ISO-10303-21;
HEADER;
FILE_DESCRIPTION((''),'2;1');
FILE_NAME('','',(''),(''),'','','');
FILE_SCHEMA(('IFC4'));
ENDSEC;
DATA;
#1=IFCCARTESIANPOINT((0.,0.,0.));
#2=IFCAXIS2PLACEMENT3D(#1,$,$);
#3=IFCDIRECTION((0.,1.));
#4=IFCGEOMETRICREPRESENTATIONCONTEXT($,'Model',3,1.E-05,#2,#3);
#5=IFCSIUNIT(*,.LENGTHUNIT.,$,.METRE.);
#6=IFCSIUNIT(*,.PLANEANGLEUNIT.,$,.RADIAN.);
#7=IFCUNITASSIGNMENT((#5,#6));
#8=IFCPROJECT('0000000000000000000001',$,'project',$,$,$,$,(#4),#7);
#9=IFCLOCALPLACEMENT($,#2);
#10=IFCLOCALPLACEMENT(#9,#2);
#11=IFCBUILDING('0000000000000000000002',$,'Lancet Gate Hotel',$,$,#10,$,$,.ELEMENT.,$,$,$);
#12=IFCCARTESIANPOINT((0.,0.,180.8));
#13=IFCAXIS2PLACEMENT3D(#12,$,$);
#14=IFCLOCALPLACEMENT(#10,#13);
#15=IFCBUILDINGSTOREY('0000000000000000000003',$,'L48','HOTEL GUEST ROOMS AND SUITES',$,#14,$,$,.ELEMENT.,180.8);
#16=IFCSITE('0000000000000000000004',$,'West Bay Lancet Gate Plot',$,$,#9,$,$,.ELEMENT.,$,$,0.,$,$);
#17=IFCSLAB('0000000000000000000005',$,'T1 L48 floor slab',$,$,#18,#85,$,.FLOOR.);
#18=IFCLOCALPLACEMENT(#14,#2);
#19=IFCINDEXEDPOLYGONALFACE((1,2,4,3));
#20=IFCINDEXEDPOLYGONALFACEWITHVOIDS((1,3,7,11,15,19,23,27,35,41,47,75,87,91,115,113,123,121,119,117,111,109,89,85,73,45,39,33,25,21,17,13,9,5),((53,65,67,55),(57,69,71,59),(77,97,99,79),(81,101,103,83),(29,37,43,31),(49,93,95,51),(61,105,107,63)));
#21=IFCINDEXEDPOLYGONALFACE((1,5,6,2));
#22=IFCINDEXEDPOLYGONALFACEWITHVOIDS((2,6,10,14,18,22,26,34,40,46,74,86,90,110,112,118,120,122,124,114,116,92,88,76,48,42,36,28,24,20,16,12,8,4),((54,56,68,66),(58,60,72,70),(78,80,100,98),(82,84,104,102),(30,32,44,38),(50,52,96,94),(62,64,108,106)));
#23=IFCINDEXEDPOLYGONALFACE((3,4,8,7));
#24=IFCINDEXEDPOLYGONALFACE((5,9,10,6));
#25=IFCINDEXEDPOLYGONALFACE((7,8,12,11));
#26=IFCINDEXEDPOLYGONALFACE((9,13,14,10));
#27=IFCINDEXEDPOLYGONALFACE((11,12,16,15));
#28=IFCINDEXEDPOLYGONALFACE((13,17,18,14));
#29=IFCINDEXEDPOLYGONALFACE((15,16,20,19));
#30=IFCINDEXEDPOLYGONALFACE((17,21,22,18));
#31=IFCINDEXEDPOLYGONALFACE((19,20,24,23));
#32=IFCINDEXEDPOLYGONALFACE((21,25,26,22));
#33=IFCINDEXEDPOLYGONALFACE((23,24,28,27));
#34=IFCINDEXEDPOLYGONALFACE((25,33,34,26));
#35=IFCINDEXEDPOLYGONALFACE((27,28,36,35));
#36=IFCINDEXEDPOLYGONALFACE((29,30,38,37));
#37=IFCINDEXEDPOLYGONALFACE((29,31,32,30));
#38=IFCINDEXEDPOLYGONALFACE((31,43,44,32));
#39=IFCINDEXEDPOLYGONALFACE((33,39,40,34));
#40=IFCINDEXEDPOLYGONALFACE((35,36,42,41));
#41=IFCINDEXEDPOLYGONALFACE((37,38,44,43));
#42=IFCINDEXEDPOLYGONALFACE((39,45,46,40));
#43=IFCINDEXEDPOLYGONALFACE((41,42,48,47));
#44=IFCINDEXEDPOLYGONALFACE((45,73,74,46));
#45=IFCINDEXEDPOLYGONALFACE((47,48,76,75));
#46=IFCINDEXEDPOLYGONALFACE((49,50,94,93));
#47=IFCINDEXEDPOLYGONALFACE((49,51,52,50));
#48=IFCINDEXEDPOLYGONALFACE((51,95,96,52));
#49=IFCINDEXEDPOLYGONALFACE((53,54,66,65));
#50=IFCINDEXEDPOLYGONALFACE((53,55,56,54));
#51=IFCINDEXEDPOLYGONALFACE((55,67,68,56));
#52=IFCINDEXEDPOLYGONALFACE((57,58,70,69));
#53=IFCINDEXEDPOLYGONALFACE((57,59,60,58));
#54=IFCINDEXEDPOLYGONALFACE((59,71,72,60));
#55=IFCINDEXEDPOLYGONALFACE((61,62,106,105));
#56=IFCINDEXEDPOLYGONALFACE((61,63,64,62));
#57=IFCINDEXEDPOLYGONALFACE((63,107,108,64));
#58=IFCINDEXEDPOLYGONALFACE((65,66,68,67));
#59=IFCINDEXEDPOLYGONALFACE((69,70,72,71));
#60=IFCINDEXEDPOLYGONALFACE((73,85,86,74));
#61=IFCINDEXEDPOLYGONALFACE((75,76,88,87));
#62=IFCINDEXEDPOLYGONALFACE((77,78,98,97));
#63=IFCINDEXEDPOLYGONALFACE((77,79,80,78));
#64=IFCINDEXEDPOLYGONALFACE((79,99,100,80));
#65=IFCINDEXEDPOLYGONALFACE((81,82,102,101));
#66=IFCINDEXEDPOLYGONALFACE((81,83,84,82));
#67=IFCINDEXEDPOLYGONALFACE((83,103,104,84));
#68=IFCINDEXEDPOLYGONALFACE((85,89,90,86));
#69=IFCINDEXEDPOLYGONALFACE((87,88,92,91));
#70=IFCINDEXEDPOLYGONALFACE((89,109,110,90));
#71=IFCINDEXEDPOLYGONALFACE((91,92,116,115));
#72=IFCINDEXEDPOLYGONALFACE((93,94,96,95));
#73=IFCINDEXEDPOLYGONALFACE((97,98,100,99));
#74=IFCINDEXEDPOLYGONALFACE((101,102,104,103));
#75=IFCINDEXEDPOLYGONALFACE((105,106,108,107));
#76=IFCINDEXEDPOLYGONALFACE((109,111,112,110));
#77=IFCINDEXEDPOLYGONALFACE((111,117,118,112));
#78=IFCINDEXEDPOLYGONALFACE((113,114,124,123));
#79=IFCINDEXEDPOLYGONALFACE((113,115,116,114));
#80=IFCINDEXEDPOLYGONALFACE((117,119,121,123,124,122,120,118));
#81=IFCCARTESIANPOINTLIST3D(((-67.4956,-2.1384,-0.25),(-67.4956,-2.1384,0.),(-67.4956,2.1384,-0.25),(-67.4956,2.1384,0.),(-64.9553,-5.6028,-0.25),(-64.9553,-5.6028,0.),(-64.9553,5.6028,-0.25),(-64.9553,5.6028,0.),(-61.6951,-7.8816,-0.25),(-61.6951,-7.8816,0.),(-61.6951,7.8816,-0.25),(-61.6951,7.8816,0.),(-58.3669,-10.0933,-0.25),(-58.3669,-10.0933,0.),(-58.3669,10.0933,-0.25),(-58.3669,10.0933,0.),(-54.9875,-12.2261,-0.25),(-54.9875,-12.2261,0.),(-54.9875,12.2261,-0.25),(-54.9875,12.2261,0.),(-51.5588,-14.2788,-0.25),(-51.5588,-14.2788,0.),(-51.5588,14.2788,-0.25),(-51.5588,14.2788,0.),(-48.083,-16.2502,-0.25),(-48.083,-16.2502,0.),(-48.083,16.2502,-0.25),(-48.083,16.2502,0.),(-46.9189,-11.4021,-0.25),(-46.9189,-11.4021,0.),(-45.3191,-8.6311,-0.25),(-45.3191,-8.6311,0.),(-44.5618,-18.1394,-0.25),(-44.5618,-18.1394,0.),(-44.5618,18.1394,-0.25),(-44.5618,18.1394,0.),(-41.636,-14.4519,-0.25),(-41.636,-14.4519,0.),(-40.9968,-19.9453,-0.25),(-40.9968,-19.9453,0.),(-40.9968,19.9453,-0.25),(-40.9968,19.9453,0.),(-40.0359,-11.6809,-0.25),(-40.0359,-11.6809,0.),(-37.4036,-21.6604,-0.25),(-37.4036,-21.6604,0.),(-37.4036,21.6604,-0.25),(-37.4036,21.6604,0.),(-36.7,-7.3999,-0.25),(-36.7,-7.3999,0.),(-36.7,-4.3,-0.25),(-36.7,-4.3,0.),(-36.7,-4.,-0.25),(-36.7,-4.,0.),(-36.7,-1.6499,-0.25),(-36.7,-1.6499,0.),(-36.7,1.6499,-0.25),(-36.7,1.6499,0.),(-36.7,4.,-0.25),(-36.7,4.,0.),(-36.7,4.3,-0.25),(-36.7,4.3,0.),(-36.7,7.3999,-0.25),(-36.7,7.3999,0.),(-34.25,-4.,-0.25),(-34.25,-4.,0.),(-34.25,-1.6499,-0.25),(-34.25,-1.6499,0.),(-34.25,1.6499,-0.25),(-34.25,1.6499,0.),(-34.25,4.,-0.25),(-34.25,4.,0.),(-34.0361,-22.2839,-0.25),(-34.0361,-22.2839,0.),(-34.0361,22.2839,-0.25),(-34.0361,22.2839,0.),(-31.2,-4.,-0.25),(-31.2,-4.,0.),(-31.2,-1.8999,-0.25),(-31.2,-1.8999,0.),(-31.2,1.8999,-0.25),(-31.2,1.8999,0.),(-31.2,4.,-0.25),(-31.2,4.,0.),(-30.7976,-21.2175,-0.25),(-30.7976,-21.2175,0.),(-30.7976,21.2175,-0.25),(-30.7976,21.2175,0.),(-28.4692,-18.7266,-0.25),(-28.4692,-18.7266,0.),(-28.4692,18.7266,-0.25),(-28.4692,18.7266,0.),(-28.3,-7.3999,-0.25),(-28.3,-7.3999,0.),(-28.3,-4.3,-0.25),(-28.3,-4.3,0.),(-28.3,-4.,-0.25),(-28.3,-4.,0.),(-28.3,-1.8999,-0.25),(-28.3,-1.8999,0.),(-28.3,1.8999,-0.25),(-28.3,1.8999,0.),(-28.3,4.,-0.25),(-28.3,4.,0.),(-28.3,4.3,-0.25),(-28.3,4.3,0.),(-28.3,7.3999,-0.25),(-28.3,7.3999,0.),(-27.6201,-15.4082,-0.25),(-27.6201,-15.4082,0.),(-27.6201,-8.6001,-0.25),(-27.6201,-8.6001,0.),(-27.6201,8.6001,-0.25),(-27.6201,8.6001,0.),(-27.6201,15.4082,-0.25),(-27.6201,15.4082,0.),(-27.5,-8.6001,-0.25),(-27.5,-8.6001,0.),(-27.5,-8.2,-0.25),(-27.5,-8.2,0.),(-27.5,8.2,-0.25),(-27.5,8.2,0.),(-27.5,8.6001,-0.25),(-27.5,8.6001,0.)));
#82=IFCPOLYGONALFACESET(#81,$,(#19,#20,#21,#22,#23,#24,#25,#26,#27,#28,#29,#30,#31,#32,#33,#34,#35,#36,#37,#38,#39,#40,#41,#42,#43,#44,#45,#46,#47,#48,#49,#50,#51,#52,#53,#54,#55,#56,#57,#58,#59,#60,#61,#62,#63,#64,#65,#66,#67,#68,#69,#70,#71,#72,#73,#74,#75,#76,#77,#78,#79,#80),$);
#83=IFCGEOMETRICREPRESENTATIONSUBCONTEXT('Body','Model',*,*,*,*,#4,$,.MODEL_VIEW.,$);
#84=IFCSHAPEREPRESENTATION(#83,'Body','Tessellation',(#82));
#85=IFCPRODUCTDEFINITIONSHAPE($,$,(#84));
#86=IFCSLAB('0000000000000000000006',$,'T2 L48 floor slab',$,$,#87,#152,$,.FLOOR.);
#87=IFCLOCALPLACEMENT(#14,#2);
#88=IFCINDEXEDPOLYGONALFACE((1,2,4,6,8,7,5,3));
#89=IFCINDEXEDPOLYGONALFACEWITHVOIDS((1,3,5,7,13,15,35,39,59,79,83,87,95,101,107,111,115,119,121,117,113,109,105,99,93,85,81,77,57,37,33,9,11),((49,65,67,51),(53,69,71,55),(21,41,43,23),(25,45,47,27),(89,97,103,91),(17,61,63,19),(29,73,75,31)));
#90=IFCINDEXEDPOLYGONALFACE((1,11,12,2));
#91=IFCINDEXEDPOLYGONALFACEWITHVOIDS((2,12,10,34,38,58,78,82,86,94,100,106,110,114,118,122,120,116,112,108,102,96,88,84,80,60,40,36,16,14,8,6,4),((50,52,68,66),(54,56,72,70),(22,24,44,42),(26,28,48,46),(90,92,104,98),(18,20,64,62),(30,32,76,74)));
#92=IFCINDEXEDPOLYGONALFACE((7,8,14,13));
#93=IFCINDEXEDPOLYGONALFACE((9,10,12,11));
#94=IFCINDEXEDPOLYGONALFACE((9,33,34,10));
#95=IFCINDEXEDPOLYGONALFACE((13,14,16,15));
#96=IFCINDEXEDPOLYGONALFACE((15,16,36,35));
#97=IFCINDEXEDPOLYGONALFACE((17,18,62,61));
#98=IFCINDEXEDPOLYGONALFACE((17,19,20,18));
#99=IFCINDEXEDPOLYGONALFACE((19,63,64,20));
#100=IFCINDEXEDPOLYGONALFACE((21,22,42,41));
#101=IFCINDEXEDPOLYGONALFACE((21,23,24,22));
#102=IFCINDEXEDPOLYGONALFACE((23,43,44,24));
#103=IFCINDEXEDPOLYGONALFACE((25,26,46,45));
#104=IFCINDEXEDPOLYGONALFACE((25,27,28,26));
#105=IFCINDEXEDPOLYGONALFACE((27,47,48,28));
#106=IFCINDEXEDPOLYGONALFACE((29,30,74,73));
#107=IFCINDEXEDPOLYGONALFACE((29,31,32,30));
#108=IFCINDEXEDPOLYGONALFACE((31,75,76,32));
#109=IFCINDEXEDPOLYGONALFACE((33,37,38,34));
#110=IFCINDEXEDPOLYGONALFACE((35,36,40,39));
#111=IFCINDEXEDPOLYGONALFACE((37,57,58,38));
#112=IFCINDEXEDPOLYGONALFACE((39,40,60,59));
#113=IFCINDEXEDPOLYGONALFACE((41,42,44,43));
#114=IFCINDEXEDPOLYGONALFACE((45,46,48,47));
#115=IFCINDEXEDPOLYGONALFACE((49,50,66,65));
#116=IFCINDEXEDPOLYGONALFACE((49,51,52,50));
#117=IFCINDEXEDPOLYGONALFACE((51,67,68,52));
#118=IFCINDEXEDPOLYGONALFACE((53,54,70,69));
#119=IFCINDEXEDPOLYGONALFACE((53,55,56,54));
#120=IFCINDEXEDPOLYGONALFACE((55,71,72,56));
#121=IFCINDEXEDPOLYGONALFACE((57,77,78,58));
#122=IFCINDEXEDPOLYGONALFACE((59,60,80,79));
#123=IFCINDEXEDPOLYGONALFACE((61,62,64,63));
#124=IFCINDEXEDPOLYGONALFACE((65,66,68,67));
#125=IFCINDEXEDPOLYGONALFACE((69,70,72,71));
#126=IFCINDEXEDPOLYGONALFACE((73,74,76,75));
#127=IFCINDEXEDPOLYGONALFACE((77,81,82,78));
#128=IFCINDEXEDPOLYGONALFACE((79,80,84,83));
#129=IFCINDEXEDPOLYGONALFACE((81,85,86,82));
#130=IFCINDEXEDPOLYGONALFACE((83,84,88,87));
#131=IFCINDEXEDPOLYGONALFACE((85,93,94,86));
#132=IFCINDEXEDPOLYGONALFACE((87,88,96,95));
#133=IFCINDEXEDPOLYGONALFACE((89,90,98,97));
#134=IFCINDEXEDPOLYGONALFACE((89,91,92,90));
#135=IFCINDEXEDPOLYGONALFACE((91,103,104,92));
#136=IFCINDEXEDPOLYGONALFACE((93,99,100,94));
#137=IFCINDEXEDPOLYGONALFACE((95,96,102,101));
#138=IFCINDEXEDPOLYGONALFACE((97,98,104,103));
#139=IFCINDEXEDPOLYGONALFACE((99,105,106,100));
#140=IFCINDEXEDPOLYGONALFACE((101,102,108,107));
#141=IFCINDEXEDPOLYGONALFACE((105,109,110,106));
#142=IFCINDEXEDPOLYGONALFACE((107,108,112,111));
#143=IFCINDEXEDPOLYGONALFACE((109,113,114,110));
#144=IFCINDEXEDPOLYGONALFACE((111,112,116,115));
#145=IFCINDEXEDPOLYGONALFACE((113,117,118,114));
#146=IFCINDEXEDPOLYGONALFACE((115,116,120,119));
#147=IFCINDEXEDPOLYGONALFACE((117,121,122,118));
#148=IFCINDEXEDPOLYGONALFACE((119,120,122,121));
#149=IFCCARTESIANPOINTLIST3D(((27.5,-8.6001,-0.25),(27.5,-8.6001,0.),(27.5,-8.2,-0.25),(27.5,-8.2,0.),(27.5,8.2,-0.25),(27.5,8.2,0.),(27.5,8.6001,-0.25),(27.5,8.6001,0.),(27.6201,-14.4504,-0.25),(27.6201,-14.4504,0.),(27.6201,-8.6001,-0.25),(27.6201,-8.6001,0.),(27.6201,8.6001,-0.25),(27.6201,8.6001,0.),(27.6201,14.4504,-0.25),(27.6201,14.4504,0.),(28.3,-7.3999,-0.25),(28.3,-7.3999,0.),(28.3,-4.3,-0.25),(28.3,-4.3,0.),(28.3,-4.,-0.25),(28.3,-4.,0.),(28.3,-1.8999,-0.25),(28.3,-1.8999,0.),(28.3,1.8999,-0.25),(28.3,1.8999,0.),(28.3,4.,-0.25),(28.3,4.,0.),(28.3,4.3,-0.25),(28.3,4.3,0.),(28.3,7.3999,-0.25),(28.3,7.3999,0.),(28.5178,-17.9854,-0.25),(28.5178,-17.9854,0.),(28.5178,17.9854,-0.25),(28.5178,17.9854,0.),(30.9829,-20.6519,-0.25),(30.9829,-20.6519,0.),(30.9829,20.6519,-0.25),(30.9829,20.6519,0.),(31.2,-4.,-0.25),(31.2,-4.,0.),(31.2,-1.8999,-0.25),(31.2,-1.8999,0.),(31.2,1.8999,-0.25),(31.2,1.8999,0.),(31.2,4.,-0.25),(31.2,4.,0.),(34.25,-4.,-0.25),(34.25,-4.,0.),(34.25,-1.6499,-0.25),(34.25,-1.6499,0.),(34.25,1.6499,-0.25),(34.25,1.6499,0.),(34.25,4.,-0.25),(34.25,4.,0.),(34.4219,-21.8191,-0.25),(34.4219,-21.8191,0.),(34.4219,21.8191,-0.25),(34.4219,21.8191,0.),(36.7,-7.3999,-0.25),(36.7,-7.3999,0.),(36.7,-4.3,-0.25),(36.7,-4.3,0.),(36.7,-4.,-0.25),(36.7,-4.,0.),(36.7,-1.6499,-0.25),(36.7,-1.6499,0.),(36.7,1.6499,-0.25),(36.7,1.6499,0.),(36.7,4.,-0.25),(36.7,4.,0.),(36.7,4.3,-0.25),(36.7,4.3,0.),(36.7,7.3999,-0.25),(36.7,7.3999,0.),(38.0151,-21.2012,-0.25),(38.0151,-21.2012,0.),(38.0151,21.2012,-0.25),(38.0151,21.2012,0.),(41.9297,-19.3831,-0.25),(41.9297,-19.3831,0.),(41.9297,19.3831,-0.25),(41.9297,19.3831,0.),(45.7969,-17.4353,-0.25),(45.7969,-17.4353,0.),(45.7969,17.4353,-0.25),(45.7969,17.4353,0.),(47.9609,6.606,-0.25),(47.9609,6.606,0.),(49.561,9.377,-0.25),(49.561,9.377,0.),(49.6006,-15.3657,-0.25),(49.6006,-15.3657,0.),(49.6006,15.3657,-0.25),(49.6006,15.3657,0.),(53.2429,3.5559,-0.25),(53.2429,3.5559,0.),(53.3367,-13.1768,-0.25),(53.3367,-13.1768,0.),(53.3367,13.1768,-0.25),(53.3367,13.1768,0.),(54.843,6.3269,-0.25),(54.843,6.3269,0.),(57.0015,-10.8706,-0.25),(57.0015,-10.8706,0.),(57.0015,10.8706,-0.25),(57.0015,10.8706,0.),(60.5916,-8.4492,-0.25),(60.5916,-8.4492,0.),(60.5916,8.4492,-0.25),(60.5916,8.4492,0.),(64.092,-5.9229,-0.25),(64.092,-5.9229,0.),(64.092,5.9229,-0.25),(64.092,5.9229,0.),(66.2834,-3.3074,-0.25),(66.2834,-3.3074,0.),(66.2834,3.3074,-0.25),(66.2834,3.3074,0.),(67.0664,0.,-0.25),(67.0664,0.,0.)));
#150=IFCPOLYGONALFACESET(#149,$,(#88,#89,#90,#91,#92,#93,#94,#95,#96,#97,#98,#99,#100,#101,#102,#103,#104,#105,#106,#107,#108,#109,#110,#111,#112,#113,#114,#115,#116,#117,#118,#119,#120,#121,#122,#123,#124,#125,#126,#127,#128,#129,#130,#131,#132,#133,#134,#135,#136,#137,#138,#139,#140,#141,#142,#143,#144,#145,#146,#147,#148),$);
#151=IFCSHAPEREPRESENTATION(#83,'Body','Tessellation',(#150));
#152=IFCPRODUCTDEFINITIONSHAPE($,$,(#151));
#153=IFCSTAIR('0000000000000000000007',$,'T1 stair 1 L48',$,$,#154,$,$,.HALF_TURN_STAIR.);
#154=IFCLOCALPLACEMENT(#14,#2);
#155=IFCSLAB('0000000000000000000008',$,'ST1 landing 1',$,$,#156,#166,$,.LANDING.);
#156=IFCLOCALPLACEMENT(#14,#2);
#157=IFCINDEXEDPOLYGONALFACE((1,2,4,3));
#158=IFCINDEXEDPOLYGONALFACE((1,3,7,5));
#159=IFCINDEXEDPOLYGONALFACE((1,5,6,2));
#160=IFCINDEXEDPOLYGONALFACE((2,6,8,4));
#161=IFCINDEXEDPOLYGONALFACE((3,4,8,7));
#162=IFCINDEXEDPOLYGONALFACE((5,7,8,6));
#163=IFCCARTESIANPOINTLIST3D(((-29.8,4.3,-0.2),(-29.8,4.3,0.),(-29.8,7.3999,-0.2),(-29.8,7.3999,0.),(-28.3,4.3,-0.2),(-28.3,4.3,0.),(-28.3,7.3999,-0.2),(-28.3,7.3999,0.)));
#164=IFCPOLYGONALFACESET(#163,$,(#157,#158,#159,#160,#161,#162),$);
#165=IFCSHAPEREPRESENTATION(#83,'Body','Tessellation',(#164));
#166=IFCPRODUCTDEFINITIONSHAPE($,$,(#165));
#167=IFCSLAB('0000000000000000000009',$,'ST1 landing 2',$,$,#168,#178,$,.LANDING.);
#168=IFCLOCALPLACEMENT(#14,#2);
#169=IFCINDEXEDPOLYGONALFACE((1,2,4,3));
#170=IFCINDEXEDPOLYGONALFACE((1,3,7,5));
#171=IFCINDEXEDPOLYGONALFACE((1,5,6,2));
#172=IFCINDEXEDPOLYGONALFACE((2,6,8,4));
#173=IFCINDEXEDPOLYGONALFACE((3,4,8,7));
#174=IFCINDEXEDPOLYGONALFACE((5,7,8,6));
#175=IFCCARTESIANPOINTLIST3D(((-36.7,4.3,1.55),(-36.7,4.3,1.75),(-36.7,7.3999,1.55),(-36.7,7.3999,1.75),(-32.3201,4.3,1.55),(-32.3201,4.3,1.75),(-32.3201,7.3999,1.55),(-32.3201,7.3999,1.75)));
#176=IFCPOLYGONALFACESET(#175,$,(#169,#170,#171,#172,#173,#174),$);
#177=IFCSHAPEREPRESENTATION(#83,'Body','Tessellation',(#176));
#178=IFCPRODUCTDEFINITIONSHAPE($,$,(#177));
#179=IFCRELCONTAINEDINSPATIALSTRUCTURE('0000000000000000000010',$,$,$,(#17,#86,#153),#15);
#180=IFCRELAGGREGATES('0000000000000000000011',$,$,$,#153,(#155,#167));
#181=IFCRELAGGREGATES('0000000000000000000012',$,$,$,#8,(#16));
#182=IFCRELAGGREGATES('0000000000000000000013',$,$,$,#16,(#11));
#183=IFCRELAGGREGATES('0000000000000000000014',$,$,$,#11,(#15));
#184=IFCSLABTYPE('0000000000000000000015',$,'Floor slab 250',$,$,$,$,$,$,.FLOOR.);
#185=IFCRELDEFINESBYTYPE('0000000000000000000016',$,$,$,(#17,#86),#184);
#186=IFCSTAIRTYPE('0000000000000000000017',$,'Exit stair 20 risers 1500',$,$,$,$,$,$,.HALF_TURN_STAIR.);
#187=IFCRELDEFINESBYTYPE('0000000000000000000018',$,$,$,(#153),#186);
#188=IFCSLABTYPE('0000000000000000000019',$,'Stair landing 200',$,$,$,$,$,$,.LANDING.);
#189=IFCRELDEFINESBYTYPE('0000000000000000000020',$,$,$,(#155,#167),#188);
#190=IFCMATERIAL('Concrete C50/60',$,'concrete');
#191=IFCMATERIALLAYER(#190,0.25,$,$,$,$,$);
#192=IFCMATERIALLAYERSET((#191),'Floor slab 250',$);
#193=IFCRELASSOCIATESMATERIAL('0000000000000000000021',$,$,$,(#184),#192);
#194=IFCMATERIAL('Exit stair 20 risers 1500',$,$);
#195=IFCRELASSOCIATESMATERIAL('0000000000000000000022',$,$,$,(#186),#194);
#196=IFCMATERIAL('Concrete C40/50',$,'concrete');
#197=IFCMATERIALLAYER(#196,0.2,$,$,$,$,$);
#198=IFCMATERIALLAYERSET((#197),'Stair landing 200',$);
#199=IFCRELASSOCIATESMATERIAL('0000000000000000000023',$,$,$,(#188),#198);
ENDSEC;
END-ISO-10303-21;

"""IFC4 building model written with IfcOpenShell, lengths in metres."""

from ifc_helpers import new_model, si_unit, direction, frame, origin, place, context, subcontext, project, spatial, polyline, outline, extrude, material, layer, layer_set, type_object, element, aggregate, save


model = new_model("IFC4")

# Units and contexts
model_context = context("Model", 3, precision=1e-05, world=origin(), true_north=direction((0.0, 1.0)))
body_context = subcontext(model_context, "Body", "Model", "MODEL_VIEW")
ifc_project = project(units=[si_unit("LENGTHUNIT", "METRE"), si_unit("PLANEANGLEUNIT", "RADIAN")], contexts=[model_context])

# Site, building, storey
site_placement = place(None, origin())
site = spatial("IfcSite", under=ifc_project, at=site_placement, Name="West Bay Lancet Gate Plot", CompositionType="ELEMENT", RefElevation=0.0)
building_placement = place(site_placement, origin())
building = spatial("IfcBuilding", under=site, at=building_placement, Name="Lancet Gate Hotel", CompositionType="ELEMENT")
storey_placement = place(building_placement, frame((0.0, 0.0, 180.8)))
storey = spatial("IfcBuildingStorey", under=building, at=storey_placement, Name="L48", Description="HOTEL GUEST ROOMS AND SUITES", CompositionType="ELEMENT", Elevation=180.8)

# Slabs
ifc_material_1 = material(Name="Concrete C50/60", Category="concrete")
ifc_layer_1 = layer(ifc_material_1, 0.25)
ifc_layer_set_1 = layer_set([ifc_layer_1], Name="Floor slab 250")
slab_type_1 = type_object("IfcSlabType", Name="Floor slab 250", PredefinedType="FLOOR", material=ifc_layer_set_1)
slab_1_placement = place(storey_placement, frame((0.0, 0.0, -0.25)))
element("IfcSlab", 1, at=slab_1_placement, inside=storey, type_object=slab_type_1, Name="T1 L48 floor slab", PredefinedType="FLOOR", context=body_context, shape_type="SweptSolid", body=[
    extrude(outline(polyline([(-27.5, 8.6001), (-27.6201, 8.6001), (-27.6201, 15.4082), (-28.4692, 18.7266), (-30.7976, 21.2175), (-34.0361, 22.2839), (-37.4036, 21.6604), (-40.9968, 19.9453), (-44.5618, 18.1394), (-48.083, 16.2502), (-51.5588, 14.2788), (-54.9875, 12.2261), (-58.3669, 10.0933), (-61.6951, 7.8816), (-64.9553, 5.6028), (-67.4956, 2.1384), (-67.4956, -2.1384), (-64.9553, -5.6028), (-61.6951, -7.8816), (-58.3669, -10.0933), (-54.9875, -12.2261), (-51.5588, -14.2788), (-48.083, -16.2502), (-44.5618, -18.1394), (-40.9968, -19.9453), (-37.4036, -21.6604), (-34.0361, -22.2839), (-30.7976, -21.2175), (-28.4692, -18.7266), (-27.6201, -15.4082), (-27.6201, -8.6001), (-27.5, -8.6001), (-27.5, -8.2), (-27.5, 8.2), (-27.5, 8.6001)]), holes=[polyline([(-36.7, 7.3999), (-36.7, 4.3), (-28.3, 4.3), (-28.3, 7.3999), (-36.7, 7.3999)]), polyline([(-28.3, 4.0), (-31.2, 4.0), (-31.2, 1.8999), (-28.3, 1.8999), (-28.3, 4.0)]), polyline([(-34.25, 4.0), (-36.7, 4.0), (-36.7, 1.6499), (-34.25, 1.6499), (-34.25, 4.0)]), polyline([(-36.7, -1.6499), (-36.7, -4.0), (-34.25, -4.0), (-34.25, -1.6499), (-36.7, -1.6499)]), polyline([(-28.3, -1.8999), (-31.2, -1.8999), (-31.2, -4.0), (-28.3, -4.0), (-28.3, -1.8999)]), polyline([(-28.3, -4.3), (-36.7, -4.3), (-36.7, -7.3999), (-28.3, -7.3999), (-28.3, -4.3)]), polyline([(-45.3191, -8.6311), (-46.9189, -11.4021), (-41.636, -14.4519), (-40.0359, -11.6809), (-45.3191, -8.6311)])]), origin(), (0.0, 0.0, 1.0), 0.25),
])
slab_2_placement = place(storey_placement, frame((0.0, 0.0, -0.25)))
element("IfcSlab", 2, at=slab_2_placement, inside=storey, type_object=slab_type_1, Name="T2 L48 floor slab", PredefinedType="FLOOR", context=body_context, shape_type="SweptSolid", body=[
    extrude(outline(polyline([(27.5, -8.6001), (27.6201, -8.6001), (27.6201, -14.4504), (28.5178, -17.9854), (30.9829, -20.6519), (34.4219, -21.8191), (38.0151, -21.2012), (41.9297, -19.3831), (45.7969, -17.4353), (49.6006, -15.3657), (53.3367, -13.1768), (57.0015, -10.8706), (60.5916, -8.4492), (64.092, -5.9229), (66.2834, -3.3074), (67.0664, 0.0), (66.2834, 3.3074), (64.092, 5.9229), (60.5916, 8.4492), (57.0015, 10.8706), (53.3367, 13.1768), (49.6006, 15.3657), (45.7969, 17.4353), (41.9297, 19.3831), (38.0151, 21.2012), (34.4219, 21.8191), (30.9829, 20.6519), (28.5178, 17.9854), (27.6201, 14.4504), (27.6201, 8.6001), (27.5, 8.6001), (27.5, 8.2), (27.5, -8.2), (27.5, -8.6001)]), holes=[polyline([(36.7, -7.3999), (36.7, -4.3), (28.3, -4.3), (28.3, -7.3999), (36.7, -7.3999)]), polyline([(28.3, -4.0), (31.2, -4.0), (31.2, -1.8999), (28.3, -1.8999), (28.3, -4.0)]), polyline([(34.25, -4.0), (36.7, -4.0), (36.7, -1.6499), (34.25, -1.6499), (34.25, -4.0)]), polyline([(36.7, 1.6499), (36.7, 4.0), (34.25, 4.0), (34.25, 1.6499), (36.7, 1.6499)]), polyline([(28.3, 1.8999), (31.2, 1.8999), (31.2, 4.0), (28.3, 4.0), (28.3, 1.8999)]), polyline([(28.3, 4.3), (36.7, 4.3), (36.7, 7.3999), (28.3, 7.3999), (28.3, 4.3)]), polyline([(53.2429, 3.5559), (54.843, 6.3269), (49.561, 9.377), (47.9609, 6.606), (53.2429, 3.5559)])]), origin(), (0.0, 0.0, 1.0), 0.25),
])

# Stair, slabs
ifc_material_2 = material(Name="Exit stair 20 risers 1500")
stair_type = type_object("IfcStairType", Name="Exit stair 20 risers 1500", PredefinedType="HALF_TURN_STAIR", material=ifc_material_2)
stair_1_placement = place(storey_placement, origin())
stair_1 = element("IfcStair", 3, at=stair_1_placement, inside=storey, type_object=stair_type, Name="T1 stair 1 L48", PredefinedType="HALF_TURN_STAIR")
ifc_material_3 = material(Name="Concrete C40/50", Category="concrete")
ifc_layer_2 = layer(ifc_material_3, 0.2)
ifc_layer_set_2 = layer_set([ifc_layer_2], Name="Stair landing 200")
slab_type_2 = type_object("IfcSlabType", Name="Stair landing 200", PredefinedType="LANDING", material=ifc_layer_set_2)
slab_3_placement = place(storey_placement, frame((0.0, 0.0, -0.2)))
slab_3 = element("IfcSlab", 4, at=slab_3_placement, type_object=slab_type_2, Name="ST1 landing 1", PredefinedType="LANDING", context=body_context, shape_type="SweptSolid", body=[
    extrude(outline(polyline([(-28.3, 7.3999), (-29.8, 7.3999), (-29.8, 4.3), (-28.3, 4.3), (-28.3, 7.3999)])), origin(), (0.0, 0.0, 1.0), 0.2),
])
slab_4_placement = place(storey_placement, frame((0.0, 0.0, 1.55)))
slab_4 = element("IfcSlab", 5, at=slab_4_placement, type_object=slab_type_2, Name="ST1 landing 2", PredefinedType="LANDING", context=body_context, shape_type="SweptSolid", body=[
    extrude(outline(polyline([(-32.3201, 7.3999), (-36.7, 7.3999), (-36.7, 4.3), (-32.3201, 4.3), (-32.3201, 7.3999)])), origin(), (0.0, 0.0, 1.0), 0.2),
])
aggregate(stair_1, [slab_3, slab_4])

save(model, "model.ifc")
